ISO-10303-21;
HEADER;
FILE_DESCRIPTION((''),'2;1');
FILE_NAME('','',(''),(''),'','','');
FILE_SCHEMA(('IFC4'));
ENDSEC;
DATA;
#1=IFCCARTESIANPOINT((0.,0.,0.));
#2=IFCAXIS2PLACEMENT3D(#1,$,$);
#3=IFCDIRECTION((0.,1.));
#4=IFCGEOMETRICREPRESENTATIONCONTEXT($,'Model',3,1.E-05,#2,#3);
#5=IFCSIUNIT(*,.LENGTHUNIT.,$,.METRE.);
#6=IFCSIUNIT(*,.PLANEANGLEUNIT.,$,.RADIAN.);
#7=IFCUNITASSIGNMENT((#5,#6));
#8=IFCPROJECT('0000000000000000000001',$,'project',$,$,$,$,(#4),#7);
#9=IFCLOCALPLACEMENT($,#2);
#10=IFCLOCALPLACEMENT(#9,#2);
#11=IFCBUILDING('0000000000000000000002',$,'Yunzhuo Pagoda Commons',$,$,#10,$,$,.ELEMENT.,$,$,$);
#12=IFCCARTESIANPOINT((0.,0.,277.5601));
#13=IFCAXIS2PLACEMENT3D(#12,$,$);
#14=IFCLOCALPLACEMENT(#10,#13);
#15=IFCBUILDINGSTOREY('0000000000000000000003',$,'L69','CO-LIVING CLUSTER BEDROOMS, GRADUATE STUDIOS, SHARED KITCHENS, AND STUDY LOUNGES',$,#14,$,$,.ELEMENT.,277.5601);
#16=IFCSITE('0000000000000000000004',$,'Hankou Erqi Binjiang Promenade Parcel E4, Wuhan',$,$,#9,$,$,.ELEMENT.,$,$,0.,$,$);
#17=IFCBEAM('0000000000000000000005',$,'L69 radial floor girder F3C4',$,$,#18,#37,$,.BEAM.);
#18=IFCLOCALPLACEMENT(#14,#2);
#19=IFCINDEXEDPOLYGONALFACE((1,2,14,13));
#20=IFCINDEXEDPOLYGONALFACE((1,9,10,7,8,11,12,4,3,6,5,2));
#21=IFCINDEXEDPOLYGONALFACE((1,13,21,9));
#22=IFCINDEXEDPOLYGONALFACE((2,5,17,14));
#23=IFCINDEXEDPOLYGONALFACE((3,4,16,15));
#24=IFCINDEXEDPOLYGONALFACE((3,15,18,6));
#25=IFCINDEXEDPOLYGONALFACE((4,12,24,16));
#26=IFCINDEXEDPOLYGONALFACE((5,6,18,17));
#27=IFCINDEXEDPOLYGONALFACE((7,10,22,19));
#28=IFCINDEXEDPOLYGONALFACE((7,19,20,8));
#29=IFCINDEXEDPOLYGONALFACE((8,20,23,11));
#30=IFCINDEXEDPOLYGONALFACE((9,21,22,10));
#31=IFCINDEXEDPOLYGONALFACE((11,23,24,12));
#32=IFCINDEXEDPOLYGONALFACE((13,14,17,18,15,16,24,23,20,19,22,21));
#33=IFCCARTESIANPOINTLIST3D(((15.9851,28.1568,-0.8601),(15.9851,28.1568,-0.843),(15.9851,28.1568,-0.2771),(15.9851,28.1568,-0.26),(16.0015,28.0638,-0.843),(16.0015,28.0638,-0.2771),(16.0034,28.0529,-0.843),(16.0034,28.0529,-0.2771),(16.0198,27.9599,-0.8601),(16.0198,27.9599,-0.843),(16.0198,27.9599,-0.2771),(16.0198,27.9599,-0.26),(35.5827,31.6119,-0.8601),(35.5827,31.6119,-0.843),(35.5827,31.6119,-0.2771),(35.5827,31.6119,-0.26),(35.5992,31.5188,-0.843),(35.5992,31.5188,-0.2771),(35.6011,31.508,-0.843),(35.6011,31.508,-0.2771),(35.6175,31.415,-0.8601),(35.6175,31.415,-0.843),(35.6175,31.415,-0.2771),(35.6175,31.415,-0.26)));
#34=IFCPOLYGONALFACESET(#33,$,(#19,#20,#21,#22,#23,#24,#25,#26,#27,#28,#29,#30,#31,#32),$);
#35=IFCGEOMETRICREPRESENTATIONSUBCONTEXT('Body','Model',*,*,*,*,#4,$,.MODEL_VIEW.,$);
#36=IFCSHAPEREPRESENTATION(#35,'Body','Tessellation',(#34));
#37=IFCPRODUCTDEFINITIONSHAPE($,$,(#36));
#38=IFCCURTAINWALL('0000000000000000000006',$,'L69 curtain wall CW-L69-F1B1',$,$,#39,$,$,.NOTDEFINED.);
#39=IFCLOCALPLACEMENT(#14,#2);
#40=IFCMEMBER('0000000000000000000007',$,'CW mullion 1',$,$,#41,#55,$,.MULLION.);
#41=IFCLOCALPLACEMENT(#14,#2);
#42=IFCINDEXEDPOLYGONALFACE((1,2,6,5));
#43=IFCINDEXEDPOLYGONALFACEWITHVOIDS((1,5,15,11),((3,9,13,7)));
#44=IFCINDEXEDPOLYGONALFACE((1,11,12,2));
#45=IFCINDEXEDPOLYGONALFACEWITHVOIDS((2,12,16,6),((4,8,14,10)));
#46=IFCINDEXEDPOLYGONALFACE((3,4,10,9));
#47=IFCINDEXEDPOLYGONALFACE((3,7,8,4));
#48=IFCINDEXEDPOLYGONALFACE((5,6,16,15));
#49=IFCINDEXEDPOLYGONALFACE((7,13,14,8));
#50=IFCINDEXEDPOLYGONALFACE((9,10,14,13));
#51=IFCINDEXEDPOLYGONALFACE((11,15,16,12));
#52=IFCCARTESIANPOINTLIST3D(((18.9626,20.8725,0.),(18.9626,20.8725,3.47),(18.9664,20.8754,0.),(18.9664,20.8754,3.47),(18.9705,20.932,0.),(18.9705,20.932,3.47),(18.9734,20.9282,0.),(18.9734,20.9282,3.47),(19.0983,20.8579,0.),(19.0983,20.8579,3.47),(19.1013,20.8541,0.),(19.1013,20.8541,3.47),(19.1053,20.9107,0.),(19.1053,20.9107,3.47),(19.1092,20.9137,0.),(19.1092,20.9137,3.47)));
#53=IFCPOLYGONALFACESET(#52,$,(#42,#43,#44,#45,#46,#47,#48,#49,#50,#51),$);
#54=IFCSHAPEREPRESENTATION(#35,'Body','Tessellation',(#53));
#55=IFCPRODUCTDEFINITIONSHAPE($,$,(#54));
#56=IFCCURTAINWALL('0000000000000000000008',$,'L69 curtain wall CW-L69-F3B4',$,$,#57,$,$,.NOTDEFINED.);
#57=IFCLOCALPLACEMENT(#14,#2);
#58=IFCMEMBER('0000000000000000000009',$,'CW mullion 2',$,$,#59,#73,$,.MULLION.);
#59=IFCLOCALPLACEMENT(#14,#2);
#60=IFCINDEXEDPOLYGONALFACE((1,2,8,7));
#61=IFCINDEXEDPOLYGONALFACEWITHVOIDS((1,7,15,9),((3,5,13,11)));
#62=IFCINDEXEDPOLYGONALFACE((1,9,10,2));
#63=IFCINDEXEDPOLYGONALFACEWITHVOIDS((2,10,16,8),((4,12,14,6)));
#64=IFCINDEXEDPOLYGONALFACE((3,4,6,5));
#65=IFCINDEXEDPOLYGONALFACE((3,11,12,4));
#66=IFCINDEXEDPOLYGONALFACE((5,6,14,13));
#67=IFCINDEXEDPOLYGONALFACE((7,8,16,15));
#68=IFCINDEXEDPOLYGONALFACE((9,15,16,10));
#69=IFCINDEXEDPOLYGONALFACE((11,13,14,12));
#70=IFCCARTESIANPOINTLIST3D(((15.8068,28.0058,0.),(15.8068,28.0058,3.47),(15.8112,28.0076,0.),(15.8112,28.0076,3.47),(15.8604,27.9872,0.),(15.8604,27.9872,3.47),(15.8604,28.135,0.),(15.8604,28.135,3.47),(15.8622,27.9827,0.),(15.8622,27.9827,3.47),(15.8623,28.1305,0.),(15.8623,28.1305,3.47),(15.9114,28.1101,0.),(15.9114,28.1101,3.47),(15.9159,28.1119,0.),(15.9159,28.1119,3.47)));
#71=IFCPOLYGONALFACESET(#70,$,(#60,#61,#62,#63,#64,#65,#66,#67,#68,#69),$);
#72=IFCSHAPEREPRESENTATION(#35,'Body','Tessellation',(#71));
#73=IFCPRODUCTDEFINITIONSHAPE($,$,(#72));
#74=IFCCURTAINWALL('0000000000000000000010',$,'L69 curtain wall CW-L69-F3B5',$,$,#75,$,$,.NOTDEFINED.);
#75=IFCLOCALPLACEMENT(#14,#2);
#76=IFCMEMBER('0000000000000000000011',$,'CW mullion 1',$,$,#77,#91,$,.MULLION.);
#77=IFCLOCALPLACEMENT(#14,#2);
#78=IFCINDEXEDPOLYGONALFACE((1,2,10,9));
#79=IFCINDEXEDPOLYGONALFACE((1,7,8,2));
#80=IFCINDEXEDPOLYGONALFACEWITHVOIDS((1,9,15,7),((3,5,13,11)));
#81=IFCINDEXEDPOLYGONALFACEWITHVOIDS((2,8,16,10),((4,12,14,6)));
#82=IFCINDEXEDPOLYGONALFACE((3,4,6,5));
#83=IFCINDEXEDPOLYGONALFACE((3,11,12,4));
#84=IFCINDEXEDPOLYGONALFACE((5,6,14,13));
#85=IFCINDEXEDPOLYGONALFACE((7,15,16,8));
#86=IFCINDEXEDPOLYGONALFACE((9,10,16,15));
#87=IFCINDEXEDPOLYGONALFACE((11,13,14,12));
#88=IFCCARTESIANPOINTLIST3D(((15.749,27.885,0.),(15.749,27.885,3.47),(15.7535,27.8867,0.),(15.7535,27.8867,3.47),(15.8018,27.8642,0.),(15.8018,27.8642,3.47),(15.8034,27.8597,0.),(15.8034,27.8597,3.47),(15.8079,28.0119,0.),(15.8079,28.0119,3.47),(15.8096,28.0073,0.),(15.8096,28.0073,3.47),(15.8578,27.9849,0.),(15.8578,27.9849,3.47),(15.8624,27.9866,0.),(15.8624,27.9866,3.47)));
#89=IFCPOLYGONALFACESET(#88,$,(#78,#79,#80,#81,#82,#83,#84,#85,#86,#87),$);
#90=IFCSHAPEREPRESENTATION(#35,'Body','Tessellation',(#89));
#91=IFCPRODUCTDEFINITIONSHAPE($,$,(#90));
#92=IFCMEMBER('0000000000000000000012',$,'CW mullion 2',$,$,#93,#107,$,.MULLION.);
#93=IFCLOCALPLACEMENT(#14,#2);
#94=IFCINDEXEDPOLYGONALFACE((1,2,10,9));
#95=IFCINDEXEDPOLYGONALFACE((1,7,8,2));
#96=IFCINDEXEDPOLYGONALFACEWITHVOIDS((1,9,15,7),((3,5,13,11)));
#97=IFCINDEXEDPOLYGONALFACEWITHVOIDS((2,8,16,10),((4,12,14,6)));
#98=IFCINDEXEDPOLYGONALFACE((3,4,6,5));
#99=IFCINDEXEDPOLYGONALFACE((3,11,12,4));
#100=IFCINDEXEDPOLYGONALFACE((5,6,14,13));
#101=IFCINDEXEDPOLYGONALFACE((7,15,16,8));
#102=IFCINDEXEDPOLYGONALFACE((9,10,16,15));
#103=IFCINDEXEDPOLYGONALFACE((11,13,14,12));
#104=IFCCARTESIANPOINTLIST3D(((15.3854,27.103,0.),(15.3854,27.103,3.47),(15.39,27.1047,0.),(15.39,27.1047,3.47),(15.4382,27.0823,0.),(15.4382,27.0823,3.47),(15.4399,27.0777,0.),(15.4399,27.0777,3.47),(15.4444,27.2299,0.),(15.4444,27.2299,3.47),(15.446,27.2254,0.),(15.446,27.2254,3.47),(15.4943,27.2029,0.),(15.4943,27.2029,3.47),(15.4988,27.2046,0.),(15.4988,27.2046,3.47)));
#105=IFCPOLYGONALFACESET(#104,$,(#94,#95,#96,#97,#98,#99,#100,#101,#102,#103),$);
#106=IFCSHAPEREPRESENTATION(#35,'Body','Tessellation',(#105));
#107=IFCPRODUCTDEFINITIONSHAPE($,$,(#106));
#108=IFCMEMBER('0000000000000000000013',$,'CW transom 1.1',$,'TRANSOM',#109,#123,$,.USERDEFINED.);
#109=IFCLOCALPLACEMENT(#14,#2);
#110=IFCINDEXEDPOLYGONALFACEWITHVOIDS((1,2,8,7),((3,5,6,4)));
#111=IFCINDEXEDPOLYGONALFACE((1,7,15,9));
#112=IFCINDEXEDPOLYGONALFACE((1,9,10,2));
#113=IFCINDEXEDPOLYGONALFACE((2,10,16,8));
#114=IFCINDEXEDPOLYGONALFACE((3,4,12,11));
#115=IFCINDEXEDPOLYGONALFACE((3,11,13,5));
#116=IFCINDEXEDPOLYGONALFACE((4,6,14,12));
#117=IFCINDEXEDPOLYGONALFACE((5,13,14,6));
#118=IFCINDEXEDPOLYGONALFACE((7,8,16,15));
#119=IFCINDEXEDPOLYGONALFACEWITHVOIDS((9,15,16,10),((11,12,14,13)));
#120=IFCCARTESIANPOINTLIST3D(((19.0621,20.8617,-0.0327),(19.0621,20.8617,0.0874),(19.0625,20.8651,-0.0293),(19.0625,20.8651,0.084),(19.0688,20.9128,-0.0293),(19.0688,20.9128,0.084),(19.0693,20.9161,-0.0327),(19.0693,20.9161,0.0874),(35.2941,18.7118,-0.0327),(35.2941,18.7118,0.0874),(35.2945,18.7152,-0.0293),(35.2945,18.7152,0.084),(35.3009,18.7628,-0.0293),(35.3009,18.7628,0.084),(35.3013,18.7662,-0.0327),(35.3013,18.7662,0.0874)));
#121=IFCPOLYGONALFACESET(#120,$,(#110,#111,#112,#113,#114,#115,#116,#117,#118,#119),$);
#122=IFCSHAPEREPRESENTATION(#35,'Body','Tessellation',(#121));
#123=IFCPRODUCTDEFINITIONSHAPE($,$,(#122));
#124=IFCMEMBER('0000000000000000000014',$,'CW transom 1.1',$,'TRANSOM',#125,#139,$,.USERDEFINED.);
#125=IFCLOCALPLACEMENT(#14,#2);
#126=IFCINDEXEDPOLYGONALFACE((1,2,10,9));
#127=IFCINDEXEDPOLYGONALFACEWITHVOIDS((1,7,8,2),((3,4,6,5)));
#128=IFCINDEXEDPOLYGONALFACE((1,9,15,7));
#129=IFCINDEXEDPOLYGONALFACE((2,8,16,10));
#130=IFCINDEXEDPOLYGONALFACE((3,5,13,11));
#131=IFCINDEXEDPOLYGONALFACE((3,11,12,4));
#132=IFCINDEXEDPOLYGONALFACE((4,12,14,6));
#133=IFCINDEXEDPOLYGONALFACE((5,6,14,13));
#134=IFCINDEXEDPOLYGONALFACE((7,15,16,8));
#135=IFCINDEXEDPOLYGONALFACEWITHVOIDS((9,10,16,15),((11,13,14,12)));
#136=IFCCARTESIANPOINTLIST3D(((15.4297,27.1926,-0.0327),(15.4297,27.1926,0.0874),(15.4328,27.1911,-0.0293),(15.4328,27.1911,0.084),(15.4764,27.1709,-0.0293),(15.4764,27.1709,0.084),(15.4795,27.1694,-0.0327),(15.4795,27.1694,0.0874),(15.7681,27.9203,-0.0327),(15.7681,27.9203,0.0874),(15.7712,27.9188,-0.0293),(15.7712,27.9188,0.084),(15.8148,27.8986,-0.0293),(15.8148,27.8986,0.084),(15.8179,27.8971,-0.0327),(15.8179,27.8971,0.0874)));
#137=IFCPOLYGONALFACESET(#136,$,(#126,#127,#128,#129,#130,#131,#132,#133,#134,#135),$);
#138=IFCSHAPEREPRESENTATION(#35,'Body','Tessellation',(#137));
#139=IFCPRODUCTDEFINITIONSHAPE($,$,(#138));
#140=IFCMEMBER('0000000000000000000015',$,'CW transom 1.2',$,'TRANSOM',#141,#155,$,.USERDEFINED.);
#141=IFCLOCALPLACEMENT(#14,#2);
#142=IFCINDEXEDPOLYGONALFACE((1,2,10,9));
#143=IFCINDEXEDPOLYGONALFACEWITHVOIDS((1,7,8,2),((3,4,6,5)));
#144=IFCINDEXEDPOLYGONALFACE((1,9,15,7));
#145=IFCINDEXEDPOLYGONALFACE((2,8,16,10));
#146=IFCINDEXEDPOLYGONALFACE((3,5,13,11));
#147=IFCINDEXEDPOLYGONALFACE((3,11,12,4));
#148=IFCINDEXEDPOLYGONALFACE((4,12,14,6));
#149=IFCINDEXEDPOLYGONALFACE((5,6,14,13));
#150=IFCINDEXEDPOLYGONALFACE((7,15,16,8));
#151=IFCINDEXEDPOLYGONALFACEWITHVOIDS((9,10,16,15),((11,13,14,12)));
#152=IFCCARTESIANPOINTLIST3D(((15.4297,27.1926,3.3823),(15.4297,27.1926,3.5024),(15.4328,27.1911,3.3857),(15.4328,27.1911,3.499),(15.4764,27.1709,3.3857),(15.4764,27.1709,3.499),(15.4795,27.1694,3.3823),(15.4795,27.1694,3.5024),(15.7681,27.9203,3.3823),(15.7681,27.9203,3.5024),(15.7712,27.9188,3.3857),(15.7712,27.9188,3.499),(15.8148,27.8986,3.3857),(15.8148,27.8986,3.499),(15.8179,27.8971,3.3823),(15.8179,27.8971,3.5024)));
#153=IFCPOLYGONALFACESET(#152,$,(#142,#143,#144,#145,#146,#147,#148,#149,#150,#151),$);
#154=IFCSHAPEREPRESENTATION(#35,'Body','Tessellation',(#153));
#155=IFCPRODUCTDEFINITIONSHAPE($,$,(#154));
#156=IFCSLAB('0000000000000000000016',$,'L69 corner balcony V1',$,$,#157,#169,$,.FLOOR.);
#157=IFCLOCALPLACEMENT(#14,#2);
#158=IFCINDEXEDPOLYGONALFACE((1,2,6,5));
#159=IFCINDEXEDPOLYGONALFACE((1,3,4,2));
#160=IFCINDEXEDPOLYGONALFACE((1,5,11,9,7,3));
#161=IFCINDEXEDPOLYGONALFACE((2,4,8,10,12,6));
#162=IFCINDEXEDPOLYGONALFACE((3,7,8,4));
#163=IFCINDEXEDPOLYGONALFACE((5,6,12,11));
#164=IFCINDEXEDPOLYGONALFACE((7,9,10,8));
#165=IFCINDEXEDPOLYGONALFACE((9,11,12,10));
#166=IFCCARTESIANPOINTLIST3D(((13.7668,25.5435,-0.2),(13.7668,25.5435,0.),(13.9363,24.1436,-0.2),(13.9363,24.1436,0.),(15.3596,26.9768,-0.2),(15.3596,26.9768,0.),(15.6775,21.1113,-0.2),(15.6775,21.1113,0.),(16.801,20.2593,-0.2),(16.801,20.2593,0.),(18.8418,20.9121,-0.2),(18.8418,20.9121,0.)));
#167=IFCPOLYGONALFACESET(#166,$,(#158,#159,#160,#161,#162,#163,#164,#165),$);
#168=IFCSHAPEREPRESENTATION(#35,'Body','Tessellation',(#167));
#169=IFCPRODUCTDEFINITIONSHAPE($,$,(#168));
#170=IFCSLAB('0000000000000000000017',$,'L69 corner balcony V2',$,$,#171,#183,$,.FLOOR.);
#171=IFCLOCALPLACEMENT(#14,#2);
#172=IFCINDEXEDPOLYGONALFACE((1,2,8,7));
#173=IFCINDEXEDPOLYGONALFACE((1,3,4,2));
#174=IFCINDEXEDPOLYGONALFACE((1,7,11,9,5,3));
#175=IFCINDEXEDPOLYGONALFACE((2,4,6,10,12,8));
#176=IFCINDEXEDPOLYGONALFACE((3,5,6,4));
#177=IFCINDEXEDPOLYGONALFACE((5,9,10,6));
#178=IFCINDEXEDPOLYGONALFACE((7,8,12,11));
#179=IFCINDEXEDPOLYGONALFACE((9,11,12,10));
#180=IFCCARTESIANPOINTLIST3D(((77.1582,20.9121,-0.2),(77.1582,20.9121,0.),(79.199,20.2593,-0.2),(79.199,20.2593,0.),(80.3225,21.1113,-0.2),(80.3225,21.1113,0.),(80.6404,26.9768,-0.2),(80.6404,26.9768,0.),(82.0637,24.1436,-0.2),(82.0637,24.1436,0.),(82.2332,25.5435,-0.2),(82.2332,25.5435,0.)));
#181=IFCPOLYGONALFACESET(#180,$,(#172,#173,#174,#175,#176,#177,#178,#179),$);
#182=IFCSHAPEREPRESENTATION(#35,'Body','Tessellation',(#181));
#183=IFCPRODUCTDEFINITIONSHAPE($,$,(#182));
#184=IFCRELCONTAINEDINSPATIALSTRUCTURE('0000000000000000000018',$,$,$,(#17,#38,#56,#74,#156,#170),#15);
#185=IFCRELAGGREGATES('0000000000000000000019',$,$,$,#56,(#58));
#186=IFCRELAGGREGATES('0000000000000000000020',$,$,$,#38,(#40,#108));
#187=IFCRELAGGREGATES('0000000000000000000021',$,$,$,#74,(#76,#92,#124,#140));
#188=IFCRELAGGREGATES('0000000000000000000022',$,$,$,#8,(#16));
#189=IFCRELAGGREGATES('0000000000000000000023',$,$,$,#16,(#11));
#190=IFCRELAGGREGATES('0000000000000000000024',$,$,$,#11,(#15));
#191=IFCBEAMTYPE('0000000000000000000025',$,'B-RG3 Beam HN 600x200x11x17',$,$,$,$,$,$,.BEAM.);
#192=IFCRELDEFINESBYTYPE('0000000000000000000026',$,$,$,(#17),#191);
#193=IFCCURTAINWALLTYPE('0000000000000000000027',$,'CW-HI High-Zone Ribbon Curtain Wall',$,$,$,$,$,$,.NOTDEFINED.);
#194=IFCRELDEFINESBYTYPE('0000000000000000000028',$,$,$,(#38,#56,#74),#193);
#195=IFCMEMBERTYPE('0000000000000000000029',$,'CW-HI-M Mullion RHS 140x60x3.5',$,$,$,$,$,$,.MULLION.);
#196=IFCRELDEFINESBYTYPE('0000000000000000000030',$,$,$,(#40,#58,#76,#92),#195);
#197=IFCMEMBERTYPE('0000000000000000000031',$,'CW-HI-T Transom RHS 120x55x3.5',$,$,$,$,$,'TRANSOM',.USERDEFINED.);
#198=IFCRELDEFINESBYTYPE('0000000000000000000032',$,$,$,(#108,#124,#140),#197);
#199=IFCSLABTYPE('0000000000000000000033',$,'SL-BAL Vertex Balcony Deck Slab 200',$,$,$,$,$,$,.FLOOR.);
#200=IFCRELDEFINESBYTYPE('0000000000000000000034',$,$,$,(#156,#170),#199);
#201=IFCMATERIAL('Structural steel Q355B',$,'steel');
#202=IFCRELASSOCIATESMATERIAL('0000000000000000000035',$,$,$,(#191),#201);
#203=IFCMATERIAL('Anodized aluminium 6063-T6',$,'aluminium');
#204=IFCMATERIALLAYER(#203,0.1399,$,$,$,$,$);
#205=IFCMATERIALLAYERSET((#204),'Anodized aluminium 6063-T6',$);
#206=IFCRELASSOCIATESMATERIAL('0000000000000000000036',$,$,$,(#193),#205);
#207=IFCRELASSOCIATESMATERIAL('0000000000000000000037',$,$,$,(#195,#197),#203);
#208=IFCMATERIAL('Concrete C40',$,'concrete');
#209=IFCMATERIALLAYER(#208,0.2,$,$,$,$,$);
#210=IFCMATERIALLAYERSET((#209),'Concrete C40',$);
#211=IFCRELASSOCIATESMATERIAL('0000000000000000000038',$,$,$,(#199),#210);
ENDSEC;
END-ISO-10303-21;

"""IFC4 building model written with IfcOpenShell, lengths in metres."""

from ifc_helpers import new_model, si_unit, direction, frame, origin, origin_2d, place, context, subcontext, project, spatial, polyline, hollow_rectangle, i_section, outline, extrude, source, transform, mapped, material, layer, layer_set, material_profile, profile_set, type_object, element, aggregate, save


model = new_model("IFC4")

# Units and contexts
model_context = context("Model", 3, precision=1e-05, world=origin(), true_north=direction((0.0, 1.0)))
body_context = subcontext(model_context, "Body", "Model", "MODEL_VIEW")
ifc_project = project(units=[si_unit("LENGTHUNIT", "METRE"), si_unit("PLANEANGLEUNIT", "RADIAN")], contexts=[model_context])

# Site, building, storey
site_placement = place(None, origin())
site = spatial("IfcSite", under=ifc_project, at=site_placement, Name="Hankou Erqi Binjiang Promenade Parcel E4, Wuhan", CompositionType="ELEMENT", RefElevation=0.0)
building_placement = place(site_placement, origin())
building = spatial("IfcBuilding", under=site, at=building_placement, Name="Yunzhuo Pagoda Commons", CompositionType="ELEMENT")
storey_placement = place(building_placement, frame((0.0, 0.0, 277.5601)))
storey = spatial("IfcBuildingStorey", under=building, at=storey_placement, Name="L69", Description="CO-LIVING CLUSTER BEDROOMS, GRADUATE STUDIOS, SHARED KITCHENS, AND STUDY LOUNGES", CompositionType="ELEMENT", Elevation=277.5601)

# Beam
ifc_material_1 = material(Name="Structural steel Q355B", Category="steel")
ifc_material_profile_1 = material_profile(ifc_material_1, i_section(OverallWidth=0.2, OverallDepth=0.6001, WebThickness=0.011, FlangeThickness=0.0171, at=origin_2d()), Name="Structural steel Q355B")
ifc_profile_set_1 = profile_set([ifc_material_profile_1], Name="Structural steel Q355B")
beam_type = type_object("IfcBeamType", Name="B-RG3 Beam HN 600x200x11x17", PredefinedType="BEAM", material=ifc_profile_set_1)
shared_shape_1 = source(origin(), body_context, "Body", "SweptSolid", [
    extrude(i_section(OverallWidth=0.2, OverallDepth=0.6001, WebThickness=0.011, FlangeThickness=0.0171, at=origin_2d()), origin(), (0.0, 0.0, 1.0), 19.8999),
])
beam_placement = place(storey_placement, frame((16.0024, 28.0583, -0.5601), z_axis=(0.984812, 0.173623, 0.0), x_axis=(-0.173623, 0.984812, 0.0)))
element("IfcBeam", 1, at=beam_placement, inside=storey, type_object=beam_type, Name="L69 radial floor girder F3C4", PredefinedType="BEAM", context=body_context, shape_type="MappedRepresentation", body=[
    mapped(shared_shape_1, transform((0.0, 0.0, 0.0), scale=1.0)),
])

# Curtain walls, members
ifc_material_2 = material(Name="Anodized aluminium 6063-T6", Category="aluminium")
ifc_layer_1 = layer(ifc_material_2, 0.1399)
ifc_layer_set_1 = layer_set([ifc_layer_1], Name="Anodized aluminium 6063-T6")
curtain_wall_type = type_object("IfcCurtainWallType", Name="CW-HI High-Zone Ribbon Curtain Wall", PredefinedType="NOTDEFINED", material=ifc_layer_set_1)
curtain_wall_1_placement = place(storey_placement, origin())
curtain_wall_1 = element("IfcCurtainWall", 2, at=curtain_wall_1_placement, inside=storey, type_object=curtain_wall_type, Name="L69 curtain wall CW-L69-F1B1", PredefinedType="NOTDEFINED")
ifc_material_profile_2 = material_profile(ifc_material_2, hollow_rectangle(XDim=0.0601, YDim=0.1399, WallThickness=0.0034, at=origin_2d()), Name="Anodized aluminium 6063-T6")
ifc_profile_set_2 = profile_set([ifc_material_profile_2], Name="Anodized aluminium 6063-T6")
member_type_1 = type_object("IfcMemberType", Name="CW-HI-M Mullion RHS 140x60x3.5", PredefinedType="MULLION", material=ifc_profile_set_2)
shared_shape_2 = source(origin(), body_context, "Body", "SweptSolid", [
    extrude(hollow_rectangle(XDim=0.0601, YDim=0.1399, WallThickness=0.0034, at=origin_2d()), origin(), (0.0, 0.0, 1.0), 3.47),
])
member_1_placement = place(storey_placement, frame((19.0359, 20.8931, 0.0), z_axis=(0.0, 0.0, 1.0), x_axis=(0.131311, 0.991341, 0.0)))
member_1 = element("IfcMember", 3, at=member_1_placement, type_object=member_type_1, Name="CW mullion 1", PredefinedType="MULLION", context=body_context, shape_type="MappedRepresentation", body=[
    mapped(shared_shape_2, transform((0.0, 0.0, 0.0), scale=1.0)),
])
curtain_wall_2_placement = place(storey_placement, origin())
curtain_wall_2 = element("IfcCurtainWall", 4, at=curtain_wall_2_placement, inside=storey, type_object=curtain_wall_type, Name="L69 curtain wall CW-L69-F3B4", PredefinedType="NOTDEFINED")
member_2_placement = place(storey_placement, frame((15.8613, 28.0588, 0.0), z_axis=(0.0, 0.0, 1.0), x_axis=(0.923394, -0.383855, 0.0)))
member_2 = element("IfcMember", 5, at=member_2_placement, type_object=member_type_1, Name="CW mullion 2", PredefinedType="MULLION", context=body_context, shape_type="MappedRepresentation", body=[
    mapped(shared_shape_2, transform((0.0, 0.0, 0.0), scale=1.0)),
])
aggregate(curtain_wall_2, [member_2])

# Curtain wall, members
curtain_wall_3_placement = place(storey_placement, origin())
curtain_wall_3 = element("IfcCurtainWall", 6, at=curtain_wall_3_placement, inside=storey, type_object=curtain_wall_type, Name="L69 curtain wall CW-L69-F3B5", PredefinedType="NOTDEFINED")
member_3_placement = place(storey_placement, frame((15.8057, 27.9358, 0.0), z_axis=(0.0, 0.0, 1.0), x_axis=(0.906871, -0.421407, 0.0)))
member_3 = element("IfcMember", 7, at=member_3_placement, type_object=member_type_1, Name="CW mullion 1", PredefinedType="MULLION", context=body_context, shape_type="MappedRepresentation", body=[
    mapped(shared_shape_2, transform((0.0, 0.0, 0.0), scale=1.0)),
])
member_4_placement = place(storey_placement, frame((15.4421, 27.1538, 0.0), z_axis=(0.0, 0.0, 1.0), x_axis=(0.906871, -0.421407, 0.0)))
member_4 = element("IfcMember", 8, at=member_4_placement, type_object=member_type_1, Name="CW mullion 2", PredefinedType="MULLION", context=body_context, shape_type="MappedRepresentation", body=[
    mapped(shared_shape_2, transform((0.0, 0.0, 0.0), scale=1.0)),
])

# Members
ifc_material_profile_3 = material_profile(ifc_material_2, hollow_rectangle(XDim=0.0549, YDim=0.1201, WallThickness=0.0034, at=origin_2d()), Name="Anodized aluminium 6063-T6")
ifc_profile_set_3 = profile_set([ifc_material_profile_3], Name="Anodized aluminium 6063-T6")
member_type_2 = type_object("IfcMemberType", Name="CW-HI-T Transom RHS 120x55x3.5", ElementType="TRANSOM", PredefinedType="USERDEFINED", material=ifc_profile_set_3)
shared_shape_3 = source(origin(), body_context, "Body", "SweptSolid", [
    extrude(hollow_rectangle(XDim=0.0549, YDim=0.1201, WallThickness=0.0034, at=origin_2d()), origin(), (0.0, 0.0, 1.0), 16.3738),
])
member_5_placement = place(storey_placement, frame((19.0657, 20.8889, 0.0273), z_axis=(0.991342, -0.131302, 0.0), x_axis=(0.131302, 0.991342, 0.0)))
member_5 = element("IfcMember", 9, at=member_5_placement, type_object=member_type_2, Name="CW transom 1.1", ObjectType="TRANSOM", PredefinedType="USERDEFINED", context=body_context, shape_type="MappedRepresentation", body=[
    mapped(shared_shape_3, transform((0.0, 0.0, 0.0), scale=1.0)),
])
aggregate(curtain_wall_1, [member_1, member_5])
shared_shape_4 = source(origin(), body_context, "Body", "SweptSolid", [
    extrude(hollow_rectangle(XDim=0.0549, YDim=0.1201, WallThickness=0.0034, at=origin_2d()), origin(), (0.0, 0.0, 1.0), 0.8025),
])
member_6_placement = place(storey_placement, frame((15.793, 27.9087, 0.0273), z_axis=(-0.421603, -0.906781, 0.0), x_axis=(0.906781, -0.421603, 0.0)))
member_6 = element("IfcMember", 10, at=member_6_placement, type_object=member_type_2, Name="CW transom 1.1", ObjectType="TRANSOM", PredefinedType="USERDEFINED", context=body_context, shape_type="MappedRepresentation", body=[
    mapped(shared_shape_4, transform((0.0, 0.0, 0.0), scale=1.0)),
])
member_7_placement = place(storey_placement, frame((15.793, 27.9087, 3.4424), z_axis=(-0.421603, -0.906781, 0.0), x_axis=(0.906781, -0.421603, 0.0)))
member_7 = element("IfcMember", 11, at=member_7_placement, type_object=member_type_2, Name="CW transom 1.2", ObjectType="TRANSOM", PredefinedType="USERDEFINED", context=body_context, shape_type="MappedRepresentation", body=[
    mapped(shared_shape_4, transform((0.0, 0.0, 0.0), scale=1.0)),
])

# Slabs
ifc_material_3 = material(Name="Concrete C40", Category="concrete")
ifc_layer_2 = layer(ifc_material_3, 0.2)
ifc_layer_set_2 = layer_set([ifc_layer_2], Name="Concrete C40")
slab_type_1 = type_object("IfcSlabType", Name="SL-BAL Vertex Balcony Deck Slab 200", PredefinedType="FLOOR", material=ifc_layer_set_2)
slab_1_placement = place(storey_placement, frame((0.0, 0.0, -0.2)))
element("IfcSlab", 12, at=slab_1_placement, inside=storey, type_object=slab_type_1, Name="L69 corner balcony V1", PredefinedType="FLOOR", context=body_context, shape_type="SweptSolid", body=[
    extrude(outline(polyline([(15.3596, 26.9768), (18.8418, 20.9121), (16.801, 20.2593), (15.6775, 21.1113), (13.9363, 24.1436), (13.7668, 25.5435), (15.3596, 26.9768)])), origin(), (0.0, 0.0, 1.0), 0.2),
])
slab_2_placement = place(storey_placement, frame((0.0, 0.0, -0.2)))
element("IfcSlab", 13, at=slab_2_placement, inside=storey, type_object=slab_type_1, Name="L69 corner balcony V2", PredefinedType="FLOOR", context=body_context, shape_type="SweptSolid", body=[
    extrude(outline(polyline([(77.1582, 20.9121), (80.6404, 26.9768), (82.2332, 25.5435), (82.0637, 24.1436), (80.3225, 21.1113), (79.199, 20.2593), (77.1582, 20.9121)])), origin(), (0.0, 0.0, 1.0), 0.2),
])

aggregate(curtain_wall_3, [member_3, member_4, member_6, member_7])

save(model, "model.ifc")
